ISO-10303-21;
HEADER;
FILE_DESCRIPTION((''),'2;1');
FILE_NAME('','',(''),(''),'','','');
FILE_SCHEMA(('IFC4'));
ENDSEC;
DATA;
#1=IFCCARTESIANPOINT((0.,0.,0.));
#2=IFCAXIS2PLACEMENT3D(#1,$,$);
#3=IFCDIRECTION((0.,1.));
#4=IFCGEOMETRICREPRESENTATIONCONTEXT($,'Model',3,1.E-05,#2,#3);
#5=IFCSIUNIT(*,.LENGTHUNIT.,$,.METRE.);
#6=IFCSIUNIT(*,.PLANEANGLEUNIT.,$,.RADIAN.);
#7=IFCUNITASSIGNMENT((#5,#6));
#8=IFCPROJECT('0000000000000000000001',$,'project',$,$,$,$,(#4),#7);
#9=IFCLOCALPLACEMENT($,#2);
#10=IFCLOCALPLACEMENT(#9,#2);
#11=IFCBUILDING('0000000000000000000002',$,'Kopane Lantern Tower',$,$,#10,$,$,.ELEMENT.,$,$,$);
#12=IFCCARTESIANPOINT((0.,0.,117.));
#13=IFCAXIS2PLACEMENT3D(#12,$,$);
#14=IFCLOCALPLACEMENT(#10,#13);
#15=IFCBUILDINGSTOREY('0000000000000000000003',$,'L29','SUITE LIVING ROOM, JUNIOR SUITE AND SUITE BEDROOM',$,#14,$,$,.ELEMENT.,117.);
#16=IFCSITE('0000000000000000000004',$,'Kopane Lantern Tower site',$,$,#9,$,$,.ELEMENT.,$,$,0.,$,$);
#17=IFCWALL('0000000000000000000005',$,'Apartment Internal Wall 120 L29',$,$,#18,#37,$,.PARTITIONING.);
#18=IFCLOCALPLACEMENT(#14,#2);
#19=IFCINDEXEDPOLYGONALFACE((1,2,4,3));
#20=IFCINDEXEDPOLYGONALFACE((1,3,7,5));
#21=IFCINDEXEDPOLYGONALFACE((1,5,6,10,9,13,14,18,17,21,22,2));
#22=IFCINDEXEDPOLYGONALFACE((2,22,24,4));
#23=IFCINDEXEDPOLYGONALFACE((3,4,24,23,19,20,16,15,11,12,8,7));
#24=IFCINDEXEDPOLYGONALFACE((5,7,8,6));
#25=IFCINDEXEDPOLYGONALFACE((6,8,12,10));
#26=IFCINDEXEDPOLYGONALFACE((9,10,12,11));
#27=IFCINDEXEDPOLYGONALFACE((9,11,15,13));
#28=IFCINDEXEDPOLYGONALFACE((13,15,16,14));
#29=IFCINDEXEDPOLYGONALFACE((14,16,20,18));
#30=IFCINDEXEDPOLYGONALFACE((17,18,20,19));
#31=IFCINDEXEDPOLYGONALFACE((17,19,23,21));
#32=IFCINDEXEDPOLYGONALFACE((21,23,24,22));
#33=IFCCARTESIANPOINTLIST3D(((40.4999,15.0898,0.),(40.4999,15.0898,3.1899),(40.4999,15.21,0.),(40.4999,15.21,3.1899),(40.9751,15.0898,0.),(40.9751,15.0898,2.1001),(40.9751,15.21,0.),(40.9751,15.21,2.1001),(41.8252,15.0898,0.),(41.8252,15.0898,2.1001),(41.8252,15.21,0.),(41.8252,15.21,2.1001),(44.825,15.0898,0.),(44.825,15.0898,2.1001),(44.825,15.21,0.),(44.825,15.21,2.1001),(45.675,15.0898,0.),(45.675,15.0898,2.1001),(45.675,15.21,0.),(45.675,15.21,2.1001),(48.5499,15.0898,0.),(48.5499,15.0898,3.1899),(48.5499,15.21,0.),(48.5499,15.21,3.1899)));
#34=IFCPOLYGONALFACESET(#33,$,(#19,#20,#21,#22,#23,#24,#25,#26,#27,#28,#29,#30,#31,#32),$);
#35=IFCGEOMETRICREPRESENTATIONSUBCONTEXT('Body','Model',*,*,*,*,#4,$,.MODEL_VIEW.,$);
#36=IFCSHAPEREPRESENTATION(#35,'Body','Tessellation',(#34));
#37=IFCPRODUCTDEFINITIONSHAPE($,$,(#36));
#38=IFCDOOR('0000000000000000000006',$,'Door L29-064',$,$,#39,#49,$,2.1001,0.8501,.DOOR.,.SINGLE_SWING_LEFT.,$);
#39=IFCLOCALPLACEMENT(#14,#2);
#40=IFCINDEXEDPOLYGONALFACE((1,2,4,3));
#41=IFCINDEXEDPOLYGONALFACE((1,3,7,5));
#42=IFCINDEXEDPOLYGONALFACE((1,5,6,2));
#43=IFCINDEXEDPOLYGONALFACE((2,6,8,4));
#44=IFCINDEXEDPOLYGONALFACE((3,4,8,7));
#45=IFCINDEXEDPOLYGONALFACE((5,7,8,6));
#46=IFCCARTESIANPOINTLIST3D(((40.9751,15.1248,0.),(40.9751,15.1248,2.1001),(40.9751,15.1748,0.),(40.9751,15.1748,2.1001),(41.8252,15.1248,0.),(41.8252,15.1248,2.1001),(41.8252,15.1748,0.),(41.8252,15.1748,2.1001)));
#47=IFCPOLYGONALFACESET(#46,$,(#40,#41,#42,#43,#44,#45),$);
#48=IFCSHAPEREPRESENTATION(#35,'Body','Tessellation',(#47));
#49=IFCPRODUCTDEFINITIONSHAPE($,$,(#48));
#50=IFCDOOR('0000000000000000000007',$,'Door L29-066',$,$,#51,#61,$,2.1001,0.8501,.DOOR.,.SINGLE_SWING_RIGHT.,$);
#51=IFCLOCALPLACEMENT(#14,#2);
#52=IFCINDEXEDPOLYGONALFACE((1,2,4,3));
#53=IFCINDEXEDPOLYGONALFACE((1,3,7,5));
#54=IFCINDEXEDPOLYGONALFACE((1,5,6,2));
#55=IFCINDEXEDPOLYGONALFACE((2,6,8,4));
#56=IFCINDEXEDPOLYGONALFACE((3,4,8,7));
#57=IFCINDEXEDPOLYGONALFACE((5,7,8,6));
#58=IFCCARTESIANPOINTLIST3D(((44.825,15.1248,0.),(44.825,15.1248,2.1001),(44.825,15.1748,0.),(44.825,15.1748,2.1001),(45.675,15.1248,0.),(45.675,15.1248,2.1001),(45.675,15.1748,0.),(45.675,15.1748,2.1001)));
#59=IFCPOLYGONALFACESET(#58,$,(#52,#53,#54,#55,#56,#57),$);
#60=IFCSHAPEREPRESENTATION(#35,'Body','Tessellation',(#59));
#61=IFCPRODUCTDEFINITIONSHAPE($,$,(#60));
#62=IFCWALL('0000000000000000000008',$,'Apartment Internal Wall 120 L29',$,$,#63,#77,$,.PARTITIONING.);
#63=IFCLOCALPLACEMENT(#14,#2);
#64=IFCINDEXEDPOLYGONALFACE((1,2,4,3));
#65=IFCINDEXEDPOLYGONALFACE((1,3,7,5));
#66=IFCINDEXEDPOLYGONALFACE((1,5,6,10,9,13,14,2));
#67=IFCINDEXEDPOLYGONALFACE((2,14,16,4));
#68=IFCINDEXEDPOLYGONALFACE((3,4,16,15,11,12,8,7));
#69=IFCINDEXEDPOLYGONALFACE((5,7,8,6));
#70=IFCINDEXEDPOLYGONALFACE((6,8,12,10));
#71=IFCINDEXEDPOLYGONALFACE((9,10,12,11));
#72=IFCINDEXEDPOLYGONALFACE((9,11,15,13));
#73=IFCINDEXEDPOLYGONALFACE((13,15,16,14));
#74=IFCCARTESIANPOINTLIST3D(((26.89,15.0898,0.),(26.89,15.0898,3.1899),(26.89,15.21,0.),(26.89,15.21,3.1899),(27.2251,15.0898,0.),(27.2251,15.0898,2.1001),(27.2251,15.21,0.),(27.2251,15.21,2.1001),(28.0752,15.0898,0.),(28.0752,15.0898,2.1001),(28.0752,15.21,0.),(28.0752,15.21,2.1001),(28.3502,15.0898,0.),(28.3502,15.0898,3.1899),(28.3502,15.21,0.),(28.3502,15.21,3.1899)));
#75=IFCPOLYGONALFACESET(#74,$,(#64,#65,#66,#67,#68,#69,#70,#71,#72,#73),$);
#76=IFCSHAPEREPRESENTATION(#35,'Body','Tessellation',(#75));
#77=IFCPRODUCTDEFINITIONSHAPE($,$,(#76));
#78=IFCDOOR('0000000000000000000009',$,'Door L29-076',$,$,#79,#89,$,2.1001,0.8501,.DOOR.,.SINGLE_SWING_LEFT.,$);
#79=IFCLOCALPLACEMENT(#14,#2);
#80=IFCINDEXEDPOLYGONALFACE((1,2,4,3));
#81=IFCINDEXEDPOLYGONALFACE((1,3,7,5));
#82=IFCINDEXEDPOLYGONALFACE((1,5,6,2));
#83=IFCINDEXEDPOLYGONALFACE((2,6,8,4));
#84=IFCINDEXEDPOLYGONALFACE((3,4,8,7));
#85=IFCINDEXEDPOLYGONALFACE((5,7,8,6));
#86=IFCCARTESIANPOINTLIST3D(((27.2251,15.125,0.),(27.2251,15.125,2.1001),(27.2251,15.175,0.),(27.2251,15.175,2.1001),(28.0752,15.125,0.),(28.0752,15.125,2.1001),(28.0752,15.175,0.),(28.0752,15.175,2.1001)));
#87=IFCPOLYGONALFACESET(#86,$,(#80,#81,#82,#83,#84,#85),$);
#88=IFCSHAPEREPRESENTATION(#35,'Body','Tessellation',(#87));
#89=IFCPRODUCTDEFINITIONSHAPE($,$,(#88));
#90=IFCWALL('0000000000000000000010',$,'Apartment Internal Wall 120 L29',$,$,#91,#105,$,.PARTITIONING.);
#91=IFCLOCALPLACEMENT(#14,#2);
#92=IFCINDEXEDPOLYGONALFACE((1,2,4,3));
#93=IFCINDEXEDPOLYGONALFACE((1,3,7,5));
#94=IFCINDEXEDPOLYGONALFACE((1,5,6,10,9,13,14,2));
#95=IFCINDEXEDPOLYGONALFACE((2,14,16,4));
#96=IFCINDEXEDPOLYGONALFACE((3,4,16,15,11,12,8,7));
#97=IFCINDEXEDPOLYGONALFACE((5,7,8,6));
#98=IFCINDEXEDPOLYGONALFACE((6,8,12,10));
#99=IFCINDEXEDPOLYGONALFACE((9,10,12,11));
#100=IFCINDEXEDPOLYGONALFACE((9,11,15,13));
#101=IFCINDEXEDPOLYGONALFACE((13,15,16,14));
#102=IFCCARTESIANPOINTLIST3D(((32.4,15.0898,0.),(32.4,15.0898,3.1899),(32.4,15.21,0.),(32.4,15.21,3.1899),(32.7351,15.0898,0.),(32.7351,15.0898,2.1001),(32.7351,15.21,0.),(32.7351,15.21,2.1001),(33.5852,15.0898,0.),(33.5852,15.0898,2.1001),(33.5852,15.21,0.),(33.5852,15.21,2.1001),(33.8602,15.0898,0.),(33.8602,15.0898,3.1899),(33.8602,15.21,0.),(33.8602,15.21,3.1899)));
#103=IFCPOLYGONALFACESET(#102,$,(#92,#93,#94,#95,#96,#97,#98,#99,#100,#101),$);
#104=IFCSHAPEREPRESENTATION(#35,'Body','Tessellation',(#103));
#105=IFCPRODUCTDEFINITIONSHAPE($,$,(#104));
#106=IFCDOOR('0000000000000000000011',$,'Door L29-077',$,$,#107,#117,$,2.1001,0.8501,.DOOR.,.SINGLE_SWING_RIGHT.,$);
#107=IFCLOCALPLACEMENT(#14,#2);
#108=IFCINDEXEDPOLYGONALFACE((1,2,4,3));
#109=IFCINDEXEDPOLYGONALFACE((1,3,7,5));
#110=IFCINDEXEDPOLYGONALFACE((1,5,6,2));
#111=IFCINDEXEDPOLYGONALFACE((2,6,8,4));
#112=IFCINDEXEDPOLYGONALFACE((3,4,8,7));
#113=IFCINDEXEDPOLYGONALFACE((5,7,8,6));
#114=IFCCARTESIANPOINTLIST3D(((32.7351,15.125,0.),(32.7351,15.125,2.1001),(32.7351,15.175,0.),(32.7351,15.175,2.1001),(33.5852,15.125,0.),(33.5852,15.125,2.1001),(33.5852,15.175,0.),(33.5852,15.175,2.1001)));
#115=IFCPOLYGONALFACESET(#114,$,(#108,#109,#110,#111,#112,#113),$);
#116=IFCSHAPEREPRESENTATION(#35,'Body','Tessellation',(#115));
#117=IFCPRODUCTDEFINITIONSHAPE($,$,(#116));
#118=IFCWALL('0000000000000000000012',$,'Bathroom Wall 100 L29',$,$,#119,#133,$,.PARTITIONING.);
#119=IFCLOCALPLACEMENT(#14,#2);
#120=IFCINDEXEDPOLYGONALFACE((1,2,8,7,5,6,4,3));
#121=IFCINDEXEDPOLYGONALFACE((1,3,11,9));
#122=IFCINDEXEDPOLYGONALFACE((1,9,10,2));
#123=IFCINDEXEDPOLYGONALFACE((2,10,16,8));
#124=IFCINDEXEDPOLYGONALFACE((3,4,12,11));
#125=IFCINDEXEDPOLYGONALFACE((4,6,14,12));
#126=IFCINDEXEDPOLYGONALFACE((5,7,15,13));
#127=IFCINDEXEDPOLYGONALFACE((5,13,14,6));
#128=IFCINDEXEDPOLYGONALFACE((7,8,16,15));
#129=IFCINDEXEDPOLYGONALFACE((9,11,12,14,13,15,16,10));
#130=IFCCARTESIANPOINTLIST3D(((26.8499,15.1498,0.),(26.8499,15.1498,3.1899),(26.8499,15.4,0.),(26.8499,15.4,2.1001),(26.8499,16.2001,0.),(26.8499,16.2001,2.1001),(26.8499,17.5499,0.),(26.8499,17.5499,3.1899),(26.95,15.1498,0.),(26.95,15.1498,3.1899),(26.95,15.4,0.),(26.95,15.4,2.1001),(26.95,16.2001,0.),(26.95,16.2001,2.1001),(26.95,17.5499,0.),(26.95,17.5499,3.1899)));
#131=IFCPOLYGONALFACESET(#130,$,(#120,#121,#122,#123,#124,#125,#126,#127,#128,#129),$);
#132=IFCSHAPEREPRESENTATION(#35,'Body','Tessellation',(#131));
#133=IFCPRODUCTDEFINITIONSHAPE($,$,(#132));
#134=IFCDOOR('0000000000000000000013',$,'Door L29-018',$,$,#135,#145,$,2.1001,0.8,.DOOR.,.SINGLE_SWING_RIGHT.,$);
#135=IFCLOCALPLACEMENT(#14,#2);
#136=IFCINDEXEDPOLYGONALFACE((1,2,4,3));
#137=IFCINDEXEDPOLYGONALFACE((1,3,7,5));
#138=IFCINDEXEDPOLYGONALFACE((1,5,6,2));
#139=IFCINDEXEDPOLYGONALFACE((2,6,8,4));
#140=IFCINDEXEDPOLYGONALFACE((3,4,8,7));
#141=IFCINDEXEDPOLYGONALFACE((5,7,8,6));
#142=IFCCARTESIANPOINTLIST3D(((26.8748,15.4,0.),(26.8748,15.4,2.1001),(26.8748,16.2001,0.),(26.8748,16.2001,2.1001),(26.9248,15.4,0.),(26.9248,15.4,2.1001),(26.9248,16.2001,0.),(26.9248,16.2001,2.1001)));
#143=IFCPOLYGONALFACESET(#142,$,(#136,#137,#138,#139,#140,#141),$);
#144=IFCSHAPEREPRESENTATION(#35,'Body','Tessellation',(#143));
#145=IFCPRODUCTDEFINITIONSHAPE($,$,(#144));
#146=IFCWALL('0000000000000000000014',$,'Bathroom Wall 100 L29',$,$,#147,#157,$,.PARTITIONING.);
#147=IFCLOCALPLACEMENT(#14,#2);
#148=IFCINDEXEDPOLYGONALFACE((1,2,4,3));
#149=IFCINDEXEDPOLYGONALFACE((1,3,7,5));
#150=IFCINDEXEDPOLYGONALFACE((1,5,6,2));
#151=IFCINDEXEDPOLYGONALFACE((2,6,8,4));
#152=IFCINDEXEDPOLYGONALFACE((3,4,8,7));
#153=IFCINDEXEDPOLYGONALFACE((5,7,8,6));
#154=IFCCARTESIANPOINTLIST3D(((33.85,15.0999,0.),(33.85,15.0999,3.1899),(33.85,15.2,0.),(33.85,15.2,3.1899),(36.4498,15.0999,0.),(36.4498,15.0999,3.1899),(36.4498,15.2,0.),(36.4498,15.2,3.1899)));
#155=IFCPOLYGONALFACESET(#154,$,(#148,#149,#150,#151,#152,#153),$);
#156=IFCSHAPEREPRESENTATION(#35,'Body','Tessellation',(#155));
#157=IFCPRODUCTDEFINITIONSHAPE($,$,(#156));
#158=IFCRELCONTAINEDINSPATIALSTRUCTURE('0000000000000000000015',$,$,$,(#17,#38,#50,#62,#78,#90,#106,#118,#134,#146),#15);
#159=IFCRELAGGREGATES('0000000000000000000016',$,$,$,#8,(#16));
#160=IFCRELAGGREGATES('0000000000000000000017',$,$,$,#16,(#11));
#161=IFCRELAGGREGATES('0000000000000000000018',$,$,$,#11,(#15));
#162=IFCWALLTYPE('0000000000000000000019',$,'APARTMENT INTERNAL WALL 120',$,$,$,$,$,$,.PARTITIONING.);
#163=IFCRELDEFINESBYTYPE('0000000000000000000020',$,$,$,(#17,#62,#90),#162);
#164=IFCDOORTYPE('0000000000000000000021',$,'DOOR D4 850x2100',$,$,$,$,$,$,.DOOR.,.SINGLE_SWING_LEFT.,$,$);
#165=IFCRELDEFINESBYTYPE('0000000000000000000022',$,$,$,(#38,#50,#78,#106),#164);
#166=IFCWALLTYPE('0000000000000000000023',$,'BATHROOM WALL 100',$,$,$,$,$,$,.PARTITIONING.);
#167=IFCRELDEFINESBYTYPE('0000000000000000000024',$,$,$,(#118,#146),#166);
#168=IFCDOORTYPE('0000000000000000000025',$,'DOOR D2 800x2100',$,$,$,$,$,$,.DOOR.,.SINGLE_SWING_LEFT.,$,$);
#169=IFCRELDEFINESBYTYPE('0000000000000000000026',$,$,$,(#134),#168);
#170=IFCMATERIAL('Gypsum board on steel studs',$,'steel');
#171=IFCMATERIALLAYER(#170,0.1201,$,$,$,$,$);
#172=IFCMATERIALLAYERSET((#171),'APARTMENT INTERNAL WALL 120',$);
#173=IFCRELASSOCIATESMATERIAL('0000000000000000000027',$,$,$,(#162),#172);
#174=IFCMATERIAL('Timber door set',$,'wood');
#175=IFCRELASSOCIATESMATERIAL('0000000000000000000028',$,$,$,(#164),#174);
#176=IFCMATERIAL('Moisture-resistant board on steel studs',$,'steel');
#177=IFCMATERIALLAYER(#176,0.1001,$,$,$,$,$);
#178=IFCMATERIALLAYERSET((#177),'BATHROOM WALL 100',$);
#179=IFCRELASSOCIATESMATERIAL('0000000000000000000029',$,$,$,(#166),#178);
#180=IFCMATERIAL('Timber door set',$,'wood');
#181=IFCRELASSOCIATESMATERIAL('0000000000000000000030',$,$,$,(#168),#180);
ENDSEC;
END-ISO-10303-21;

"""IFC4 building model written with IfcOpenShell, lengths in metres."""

from ifc_helpers import new_model, si_unit, direction, frame, frame_2d, origin, place, context, subcontext, project, spatial, rectangle, extrude, material, layer, layer_set, type_object, element, fill, save


model = new_model("IFC4")

# Units and contexts
model_context = context("Model", 3, precision=1e-05, world=origin(), true_north=direction((0.0, 1.0)))
body_context = subcontext(model_context, "Body", "Model", "MODEL_VIEW")
ifc_project = project(units=[si_unit("LENGTHUNIT", "METRE"), si_unit("PLANEANGLEUNIT", "RADIAN")], contexts=[model_context])

# Site, building, storey
site_placement = place(None, origin())
site = spatial("IfcSite", under=ifc_project, at=site_placement, Name="Kopane Lantern Tower site", CompositionType="ELEMENT", RefElevation=0.0)
building_placement = place(site_placement, origin())
building = spatial("IfcBuilding", under=site, at=building_placement, Name="Kopane Lantern Tower", CompositionType="ELEMENT")
storey_placement = place(building_placement, frame((0.0, 0.0, 117.0)))
storey = spatial("IfcBuildingStorey", under=building, at=storey_placement, Name="L29", Description="SUITE LIVING ROOM, JUNIOR SUITE AND SUITE BEDROOM", CompositionType="ELEMENT", Elevation=117.0)

# Shared definitions
ifc_material_1 = material(Name="Gypsum board on steel studs", Category="steel")
ifc_layer_1 = layer(ifc_material_1, 0.1201)
ifc_layer_set_1 = layer_set([ifc_layer_1], Name="APARTMENT INTERNAL WALL 120")
wall_type_1 = type_object("IfcWallType", Name="APARTMENT INTERNAL WALL 120", PredefinedType="PARTITIONING", material=ifc_layer_set_1)
ifc_material_2 = material(Name="Timber door set", Category="wood")
door_type_1 = type_object("IfcDoorType", Name="DOOR D4 850x2100", OperationType="SINGLE_SWING_LEFT", PredefinedType="DOOR", material=ifc_material_2)

# Wall, openings, doors
wall_1_placement = place(storey_placement, frame((40.5, 15.1499, 0.0), z_axis=(0.0, 0.0, 1.0), x_axis=(1.0, 0.0, 0.0)))
wall_1 = element("IfcWall", 1, at=wall_1_placement, inside=storey, type_object=wall_type_1, Name="Apartment Internal Wall 120 L29", PredefinedType="PARTITIONING", context=body_context, shape_type="SweptSolid", body=[
    extrude(rectangle(XDim=8.05, YDim=0.1201, at=frame_2d((4.0249, 0.0))), origin(), (0.0, 0.0, 1.0), 3.1899),
])
opening_1_placement = place(wall_1_placement, frame((0.4751, 0.0, 0.0)))
opening_1 = element("IfcOpeningElement", 2, at=opening_1_placement, cuts=wall_1, PredefinedType="OPENING", context=body_context, shape_type="SweptSolid", body=[
    extrude(rectangle(XDim=0.8501, YDim=2.1001, at=frame_2d((0.425, 1.05))), frame((0.0, 0.0701, 0.0), z_axis=(0.0, -1.0, 0.0), x_axis=(1.0, 0.0, 0.0)), (0.0, 0.0, 1.0), 0.1401),
])
opening_2_placement = place(wall_1_placement, frame((4.325, 0.0, 0.0)))
opening_2 = element("IfcOpeningElement", 3, at=opening_2_placement, cuts=wall_1, PredefinedType="OPENING", context=body_context, shape_type="SweptSolid", body=[
    extrude(rectangle(XDim=0.8501, YDim=2.1001, at=frame_2d((0.425, 1.05))), frame((0.0, 0.0701, 0.0), z_axis=(0.0, -1.0, 0.0), x_axis=(1.0, 0.0, 0.0)), (0.0, 0.0, 1.0), 0.1401),
])
door_1_placement = place(opening_1_placement, origin())
door_1 = element("IfcDoor", 4, at=door_1_placement, inside=storey, type_object=door_type_1, Name="Door L29-064", OperationType="SINGLE_SWING_LEFT", OverallHeight=2.1001, OverallWidth=0.8501, PredefinedType="DOOR", context=body_context, shape_type="SweptSolid", body=[
    extrude(rectangle(XDim=0.8501, YDim=2.1001, at=frame_2d((0.425, 1.05))), frame((0.0, 0.0249, 0.0), z_axis=(0.0, -1.0, 0.0), x_axis=(1.0, 0.0, 0.0)), (0.0, 0.0, 1.0), 0.05),
])
fill(opening_1, door_1)
door_2_placement = place(opening_2_placement, origin())
door_2 = element("IfcDoor", 5, at=door_2_placement, inside=storey, type_object=door_type_1, Name="Door L29-066", OperationType="SINGLE_SWING_RIGHT", OverallHeight=2.1001, OverallWidth=0.8501, PredefinedType="DOOR", context=body_context, shape_type="SweptSolid", body=[
    extrude(rectangle(XDim=0.8501, YDim=2.1001, at=frame_2d((0.425, 1.05))), frame((0.0, 0.0249, 0.0), z_axis=(0.0, -1.0, 0.0), x_axis=(1.0, 0.0, 0.0)), (0.0, 0.0, 1.0), 0.05),
])
fill(opening_2, door_2)

# Walls, openings, doors
wall_2_placement = place(storey_placement, frame((28.3501, 15.1499, 0.0), z_axis=(0.0, 0.0, 1.0), x_axis=(-1.0, 0.0, 0.0)))
wall_2 = element("IfcWall", 6, at=wall_2_placement, inside=storey, type_object=wall_type_1, Name="Apartment Internal Wall 120 L29", PredefinedType="PARTITIONING", context=body_context, shape_type="SweptSolid", body=[
    extrude(rectangle(XDim=1.4602, YDim=0.1201, at=frame_2d((0.73, 0.0))), origin(), (0.0, 0.0, 1.0), 3.1899),
])
opening_3_placement = place(wall_2_placement, frame((0.2749, 0.0, 0.0)))
opening_3 = element("IfcOpeningElement", 7, at=opening_3_placement, cuts=wall_2, PredefinedType="OPENING", context=body_context, shape_type="SweptSolid", body=[
    extrude(rectangle(XDim=0.8501, YDim=2.1001, at=frame_2d((0.425, 1.05))), frame((0.0, 0.0701, 0.0), z_axis=(0.0, -1.0, 0.0), x_axis=(1.0, 0.0, 0.0)), (0.0, 0.0, 1.0), 0.1401),
])
door_3_placement = place(opening_3_placement, origin())
door_3 = element("IfcDoor", 8, at=door_3_placement, inside=storey, type_object=door_type_1, Name="Door L29-076", OperationType="SINGLE_SWING_LEFT", OverallHeight=2.1001, OverallWidth=0.8501, PredefinedType="DOOR", context=body_context, shape_type="SweptSolid", body=[
    extrude(rectangle(XDim=0.8501, YDim=2.1001, at=frame_2d((0.425, 1.05))), frame((0.0, 0.0249, 0.0), z_axis=(0.0, -1.0, 0.0), x_axis=(1.0, 0.0, 0.0)), (0.0, 0.0, 1.0), 0.05),
])
fill(opening_3, door_3)
wall_3_placement = place(storey_placement, frame((33.8601, 15.1499, 0.0), z_axis=(0.0, 0.0, 1.0), x_axis=(-1.0, 0.0, 0.0)))
wall_3 = element("IfcWall", 9, at=wall_3_placement, inside=storey, type_object=wall_type_1, Name="Apartment Internal Wall 120 L29", PredefinedType="PARTITIONING", context=body_context, shape_type="SweptSolid", body=[
    extrude(rectangle(XDim=1.4602, YDim=0.1201, at=frame_2d((0.73, 0.0))), origin(), (0.0, 0.0, 1.0), 3.1899),
])
opening_4_placement = place(wall_3_placement, frame((0.2749, 0.0, 0.0)))
opening_4 = element("IfcOpeningElement", 10, at=opening_4_placement, cuts=wall_3, PredefinedType="OPENING", context=body_context, shape_type="SweptSolid", body=[
    extrude(rectangle(XDim=0.8501, YDim=2.1001, at=frame_2d((0.425, 1.05))), frame((0.0, 0.0701, 0.0), z_axis=(0.0, -1.0, 0.0), x_axis=(1.0, 0.0, 0.0)), (0.0, 0.0, 1.0), 0.1401),
])
door_4_placement = place(opening_4_placement, origin())
door_4 = element("IfcDoor", 11, at=door_4_placement, inside=storey, type_object=door_type_1, Name="Door L29-077", OperationType="SINGLE_SWING_RIGHT", OverallHeight=2.1001, OverallWidth=0.8501, PredefinedType="DOOR", context=body_context, shape_type="SweptSolid", body=[
    extrude(rectangle(XDim=0.8501, YDim=2.1001, at=frame_2d((0.425, 1.05))), frame((0.0, 0.0249, 0.0), z_axis=(0.0, -1.0, 0.0), x_axis=(1.0, 0.0, 0.0)), (0.0, 0.0, 1.0), 0.05),
])
fill(opening_4, door_4)
ifc_material_3 = material(Name="Moisture-resistant board on steel studs", Category="steel")
ifc_layer_2 = layer(ifc_material_3, 0.1001)
ifc_layer_set_2 = layer_set([ifc_layer_2], Name="BATHROOM WALL 100")
wall_type_2 = type_object("IfcWallType", Name="BATHROOM WALL 100", PredefinedType="PARTITIONING", material=ifc_layer_set_2)
wall_4_placement = place(storey_placement, frame((26.8999, 17.55, 0.0), z_axis=(0.0, 0.0, 1.0), x_axis=(0.0, -1.0, 0.0)))
wall_4 = element("IfcWall", 12, at=wall_4_placement, inside=storey, type_object=wall_type_2, Name="Bathroom Wall 100 L29", PredefinedType="PARTITIONING", context=body_context, shape_type="SweptSolid", body=[
    extrude(rectangle(XDim=2.4001, YDim=0.1001, at=frame_2d((1.2002, 0.0))), origin(), (0.0, 0.0, 1.0), 3.1899),
])
opening_5_placement = place(wall_4_placement, frame((1.3501, 0.0, 0.0)))
opening_5 = element("IfcOpeningElement", 13, at=opening_5_placement, cuts=wall_4, PredefinedType="OPENING", context=body_context, shape_type="SweptSolid", body=[
    extrude(rectangle(XDim=0.8, YDim=2.1001, at=frame_2d((0.3999, 1.05))), frame((0.0, 0.0601, 0.0), z_axis=(0.0, -1.0, 0.0), x_axis=(1.0, 0.0, 0.0)), (0.0, 0.0, 1.0), 0.1201),
])
ifc_material_4 = material(Name="Timber door set", Category="wood")
door_type_2 = type_object("IfcDoorType", Name="DOOR D2 800x2100", OperationType="SINGLE_SWING_LEFT", PredefinedType="DOOR", material=ifc_material_4)
door_5_placement = place(opening_5_placement, origin())
door_5 = element("IfcDoor", 14, at=door_5_placement, inside=storey, type_object=door_type_2, Name="Door L29-018", OperationType="SINGLE_SWING_RIGHT", OverallHeight=2.1001, OverallWidth=0.8, PredefinedType="DOOR", context=body_context, shape_type="SweptSolid", body=[
    extrude(rectangle(XDim=0.8, YDim=2.1001, at=frame_2d((0.3999, 1.05))), frame((0.0, 0.0249, 0.0), z_axis=(0.0, -1.0, 0.0), x_axis=(1.0, 0.0, 0.0)), (0.0, 0.0, 1.0), 0.05),
])
fill(opening_5, door_5)

# Wall
wall_5_placement = place(storey_placement, frame((33.8501, 15.1499, 0.0), z_axis=(0.0, 0.0, 1.0), x_axis=(1.0, 0.0, 0.0)))
element("IfcWall", 15, at=wall_5_placement, inside=storey, type_object=wall_type_2, Name="Bathroom Wall 100 L29", PredefinedType="PARTITIONING", context=body_context, shape_type="SweptSolid", body=[
    extrude(rectangle(XDim=2.5999, YDim=0.1001, at=frame_2d((1.2998, 0.0))), origin(), (0.0, 0.0, 1.0), 3.1899),
])

save(model, "model.ifc")
